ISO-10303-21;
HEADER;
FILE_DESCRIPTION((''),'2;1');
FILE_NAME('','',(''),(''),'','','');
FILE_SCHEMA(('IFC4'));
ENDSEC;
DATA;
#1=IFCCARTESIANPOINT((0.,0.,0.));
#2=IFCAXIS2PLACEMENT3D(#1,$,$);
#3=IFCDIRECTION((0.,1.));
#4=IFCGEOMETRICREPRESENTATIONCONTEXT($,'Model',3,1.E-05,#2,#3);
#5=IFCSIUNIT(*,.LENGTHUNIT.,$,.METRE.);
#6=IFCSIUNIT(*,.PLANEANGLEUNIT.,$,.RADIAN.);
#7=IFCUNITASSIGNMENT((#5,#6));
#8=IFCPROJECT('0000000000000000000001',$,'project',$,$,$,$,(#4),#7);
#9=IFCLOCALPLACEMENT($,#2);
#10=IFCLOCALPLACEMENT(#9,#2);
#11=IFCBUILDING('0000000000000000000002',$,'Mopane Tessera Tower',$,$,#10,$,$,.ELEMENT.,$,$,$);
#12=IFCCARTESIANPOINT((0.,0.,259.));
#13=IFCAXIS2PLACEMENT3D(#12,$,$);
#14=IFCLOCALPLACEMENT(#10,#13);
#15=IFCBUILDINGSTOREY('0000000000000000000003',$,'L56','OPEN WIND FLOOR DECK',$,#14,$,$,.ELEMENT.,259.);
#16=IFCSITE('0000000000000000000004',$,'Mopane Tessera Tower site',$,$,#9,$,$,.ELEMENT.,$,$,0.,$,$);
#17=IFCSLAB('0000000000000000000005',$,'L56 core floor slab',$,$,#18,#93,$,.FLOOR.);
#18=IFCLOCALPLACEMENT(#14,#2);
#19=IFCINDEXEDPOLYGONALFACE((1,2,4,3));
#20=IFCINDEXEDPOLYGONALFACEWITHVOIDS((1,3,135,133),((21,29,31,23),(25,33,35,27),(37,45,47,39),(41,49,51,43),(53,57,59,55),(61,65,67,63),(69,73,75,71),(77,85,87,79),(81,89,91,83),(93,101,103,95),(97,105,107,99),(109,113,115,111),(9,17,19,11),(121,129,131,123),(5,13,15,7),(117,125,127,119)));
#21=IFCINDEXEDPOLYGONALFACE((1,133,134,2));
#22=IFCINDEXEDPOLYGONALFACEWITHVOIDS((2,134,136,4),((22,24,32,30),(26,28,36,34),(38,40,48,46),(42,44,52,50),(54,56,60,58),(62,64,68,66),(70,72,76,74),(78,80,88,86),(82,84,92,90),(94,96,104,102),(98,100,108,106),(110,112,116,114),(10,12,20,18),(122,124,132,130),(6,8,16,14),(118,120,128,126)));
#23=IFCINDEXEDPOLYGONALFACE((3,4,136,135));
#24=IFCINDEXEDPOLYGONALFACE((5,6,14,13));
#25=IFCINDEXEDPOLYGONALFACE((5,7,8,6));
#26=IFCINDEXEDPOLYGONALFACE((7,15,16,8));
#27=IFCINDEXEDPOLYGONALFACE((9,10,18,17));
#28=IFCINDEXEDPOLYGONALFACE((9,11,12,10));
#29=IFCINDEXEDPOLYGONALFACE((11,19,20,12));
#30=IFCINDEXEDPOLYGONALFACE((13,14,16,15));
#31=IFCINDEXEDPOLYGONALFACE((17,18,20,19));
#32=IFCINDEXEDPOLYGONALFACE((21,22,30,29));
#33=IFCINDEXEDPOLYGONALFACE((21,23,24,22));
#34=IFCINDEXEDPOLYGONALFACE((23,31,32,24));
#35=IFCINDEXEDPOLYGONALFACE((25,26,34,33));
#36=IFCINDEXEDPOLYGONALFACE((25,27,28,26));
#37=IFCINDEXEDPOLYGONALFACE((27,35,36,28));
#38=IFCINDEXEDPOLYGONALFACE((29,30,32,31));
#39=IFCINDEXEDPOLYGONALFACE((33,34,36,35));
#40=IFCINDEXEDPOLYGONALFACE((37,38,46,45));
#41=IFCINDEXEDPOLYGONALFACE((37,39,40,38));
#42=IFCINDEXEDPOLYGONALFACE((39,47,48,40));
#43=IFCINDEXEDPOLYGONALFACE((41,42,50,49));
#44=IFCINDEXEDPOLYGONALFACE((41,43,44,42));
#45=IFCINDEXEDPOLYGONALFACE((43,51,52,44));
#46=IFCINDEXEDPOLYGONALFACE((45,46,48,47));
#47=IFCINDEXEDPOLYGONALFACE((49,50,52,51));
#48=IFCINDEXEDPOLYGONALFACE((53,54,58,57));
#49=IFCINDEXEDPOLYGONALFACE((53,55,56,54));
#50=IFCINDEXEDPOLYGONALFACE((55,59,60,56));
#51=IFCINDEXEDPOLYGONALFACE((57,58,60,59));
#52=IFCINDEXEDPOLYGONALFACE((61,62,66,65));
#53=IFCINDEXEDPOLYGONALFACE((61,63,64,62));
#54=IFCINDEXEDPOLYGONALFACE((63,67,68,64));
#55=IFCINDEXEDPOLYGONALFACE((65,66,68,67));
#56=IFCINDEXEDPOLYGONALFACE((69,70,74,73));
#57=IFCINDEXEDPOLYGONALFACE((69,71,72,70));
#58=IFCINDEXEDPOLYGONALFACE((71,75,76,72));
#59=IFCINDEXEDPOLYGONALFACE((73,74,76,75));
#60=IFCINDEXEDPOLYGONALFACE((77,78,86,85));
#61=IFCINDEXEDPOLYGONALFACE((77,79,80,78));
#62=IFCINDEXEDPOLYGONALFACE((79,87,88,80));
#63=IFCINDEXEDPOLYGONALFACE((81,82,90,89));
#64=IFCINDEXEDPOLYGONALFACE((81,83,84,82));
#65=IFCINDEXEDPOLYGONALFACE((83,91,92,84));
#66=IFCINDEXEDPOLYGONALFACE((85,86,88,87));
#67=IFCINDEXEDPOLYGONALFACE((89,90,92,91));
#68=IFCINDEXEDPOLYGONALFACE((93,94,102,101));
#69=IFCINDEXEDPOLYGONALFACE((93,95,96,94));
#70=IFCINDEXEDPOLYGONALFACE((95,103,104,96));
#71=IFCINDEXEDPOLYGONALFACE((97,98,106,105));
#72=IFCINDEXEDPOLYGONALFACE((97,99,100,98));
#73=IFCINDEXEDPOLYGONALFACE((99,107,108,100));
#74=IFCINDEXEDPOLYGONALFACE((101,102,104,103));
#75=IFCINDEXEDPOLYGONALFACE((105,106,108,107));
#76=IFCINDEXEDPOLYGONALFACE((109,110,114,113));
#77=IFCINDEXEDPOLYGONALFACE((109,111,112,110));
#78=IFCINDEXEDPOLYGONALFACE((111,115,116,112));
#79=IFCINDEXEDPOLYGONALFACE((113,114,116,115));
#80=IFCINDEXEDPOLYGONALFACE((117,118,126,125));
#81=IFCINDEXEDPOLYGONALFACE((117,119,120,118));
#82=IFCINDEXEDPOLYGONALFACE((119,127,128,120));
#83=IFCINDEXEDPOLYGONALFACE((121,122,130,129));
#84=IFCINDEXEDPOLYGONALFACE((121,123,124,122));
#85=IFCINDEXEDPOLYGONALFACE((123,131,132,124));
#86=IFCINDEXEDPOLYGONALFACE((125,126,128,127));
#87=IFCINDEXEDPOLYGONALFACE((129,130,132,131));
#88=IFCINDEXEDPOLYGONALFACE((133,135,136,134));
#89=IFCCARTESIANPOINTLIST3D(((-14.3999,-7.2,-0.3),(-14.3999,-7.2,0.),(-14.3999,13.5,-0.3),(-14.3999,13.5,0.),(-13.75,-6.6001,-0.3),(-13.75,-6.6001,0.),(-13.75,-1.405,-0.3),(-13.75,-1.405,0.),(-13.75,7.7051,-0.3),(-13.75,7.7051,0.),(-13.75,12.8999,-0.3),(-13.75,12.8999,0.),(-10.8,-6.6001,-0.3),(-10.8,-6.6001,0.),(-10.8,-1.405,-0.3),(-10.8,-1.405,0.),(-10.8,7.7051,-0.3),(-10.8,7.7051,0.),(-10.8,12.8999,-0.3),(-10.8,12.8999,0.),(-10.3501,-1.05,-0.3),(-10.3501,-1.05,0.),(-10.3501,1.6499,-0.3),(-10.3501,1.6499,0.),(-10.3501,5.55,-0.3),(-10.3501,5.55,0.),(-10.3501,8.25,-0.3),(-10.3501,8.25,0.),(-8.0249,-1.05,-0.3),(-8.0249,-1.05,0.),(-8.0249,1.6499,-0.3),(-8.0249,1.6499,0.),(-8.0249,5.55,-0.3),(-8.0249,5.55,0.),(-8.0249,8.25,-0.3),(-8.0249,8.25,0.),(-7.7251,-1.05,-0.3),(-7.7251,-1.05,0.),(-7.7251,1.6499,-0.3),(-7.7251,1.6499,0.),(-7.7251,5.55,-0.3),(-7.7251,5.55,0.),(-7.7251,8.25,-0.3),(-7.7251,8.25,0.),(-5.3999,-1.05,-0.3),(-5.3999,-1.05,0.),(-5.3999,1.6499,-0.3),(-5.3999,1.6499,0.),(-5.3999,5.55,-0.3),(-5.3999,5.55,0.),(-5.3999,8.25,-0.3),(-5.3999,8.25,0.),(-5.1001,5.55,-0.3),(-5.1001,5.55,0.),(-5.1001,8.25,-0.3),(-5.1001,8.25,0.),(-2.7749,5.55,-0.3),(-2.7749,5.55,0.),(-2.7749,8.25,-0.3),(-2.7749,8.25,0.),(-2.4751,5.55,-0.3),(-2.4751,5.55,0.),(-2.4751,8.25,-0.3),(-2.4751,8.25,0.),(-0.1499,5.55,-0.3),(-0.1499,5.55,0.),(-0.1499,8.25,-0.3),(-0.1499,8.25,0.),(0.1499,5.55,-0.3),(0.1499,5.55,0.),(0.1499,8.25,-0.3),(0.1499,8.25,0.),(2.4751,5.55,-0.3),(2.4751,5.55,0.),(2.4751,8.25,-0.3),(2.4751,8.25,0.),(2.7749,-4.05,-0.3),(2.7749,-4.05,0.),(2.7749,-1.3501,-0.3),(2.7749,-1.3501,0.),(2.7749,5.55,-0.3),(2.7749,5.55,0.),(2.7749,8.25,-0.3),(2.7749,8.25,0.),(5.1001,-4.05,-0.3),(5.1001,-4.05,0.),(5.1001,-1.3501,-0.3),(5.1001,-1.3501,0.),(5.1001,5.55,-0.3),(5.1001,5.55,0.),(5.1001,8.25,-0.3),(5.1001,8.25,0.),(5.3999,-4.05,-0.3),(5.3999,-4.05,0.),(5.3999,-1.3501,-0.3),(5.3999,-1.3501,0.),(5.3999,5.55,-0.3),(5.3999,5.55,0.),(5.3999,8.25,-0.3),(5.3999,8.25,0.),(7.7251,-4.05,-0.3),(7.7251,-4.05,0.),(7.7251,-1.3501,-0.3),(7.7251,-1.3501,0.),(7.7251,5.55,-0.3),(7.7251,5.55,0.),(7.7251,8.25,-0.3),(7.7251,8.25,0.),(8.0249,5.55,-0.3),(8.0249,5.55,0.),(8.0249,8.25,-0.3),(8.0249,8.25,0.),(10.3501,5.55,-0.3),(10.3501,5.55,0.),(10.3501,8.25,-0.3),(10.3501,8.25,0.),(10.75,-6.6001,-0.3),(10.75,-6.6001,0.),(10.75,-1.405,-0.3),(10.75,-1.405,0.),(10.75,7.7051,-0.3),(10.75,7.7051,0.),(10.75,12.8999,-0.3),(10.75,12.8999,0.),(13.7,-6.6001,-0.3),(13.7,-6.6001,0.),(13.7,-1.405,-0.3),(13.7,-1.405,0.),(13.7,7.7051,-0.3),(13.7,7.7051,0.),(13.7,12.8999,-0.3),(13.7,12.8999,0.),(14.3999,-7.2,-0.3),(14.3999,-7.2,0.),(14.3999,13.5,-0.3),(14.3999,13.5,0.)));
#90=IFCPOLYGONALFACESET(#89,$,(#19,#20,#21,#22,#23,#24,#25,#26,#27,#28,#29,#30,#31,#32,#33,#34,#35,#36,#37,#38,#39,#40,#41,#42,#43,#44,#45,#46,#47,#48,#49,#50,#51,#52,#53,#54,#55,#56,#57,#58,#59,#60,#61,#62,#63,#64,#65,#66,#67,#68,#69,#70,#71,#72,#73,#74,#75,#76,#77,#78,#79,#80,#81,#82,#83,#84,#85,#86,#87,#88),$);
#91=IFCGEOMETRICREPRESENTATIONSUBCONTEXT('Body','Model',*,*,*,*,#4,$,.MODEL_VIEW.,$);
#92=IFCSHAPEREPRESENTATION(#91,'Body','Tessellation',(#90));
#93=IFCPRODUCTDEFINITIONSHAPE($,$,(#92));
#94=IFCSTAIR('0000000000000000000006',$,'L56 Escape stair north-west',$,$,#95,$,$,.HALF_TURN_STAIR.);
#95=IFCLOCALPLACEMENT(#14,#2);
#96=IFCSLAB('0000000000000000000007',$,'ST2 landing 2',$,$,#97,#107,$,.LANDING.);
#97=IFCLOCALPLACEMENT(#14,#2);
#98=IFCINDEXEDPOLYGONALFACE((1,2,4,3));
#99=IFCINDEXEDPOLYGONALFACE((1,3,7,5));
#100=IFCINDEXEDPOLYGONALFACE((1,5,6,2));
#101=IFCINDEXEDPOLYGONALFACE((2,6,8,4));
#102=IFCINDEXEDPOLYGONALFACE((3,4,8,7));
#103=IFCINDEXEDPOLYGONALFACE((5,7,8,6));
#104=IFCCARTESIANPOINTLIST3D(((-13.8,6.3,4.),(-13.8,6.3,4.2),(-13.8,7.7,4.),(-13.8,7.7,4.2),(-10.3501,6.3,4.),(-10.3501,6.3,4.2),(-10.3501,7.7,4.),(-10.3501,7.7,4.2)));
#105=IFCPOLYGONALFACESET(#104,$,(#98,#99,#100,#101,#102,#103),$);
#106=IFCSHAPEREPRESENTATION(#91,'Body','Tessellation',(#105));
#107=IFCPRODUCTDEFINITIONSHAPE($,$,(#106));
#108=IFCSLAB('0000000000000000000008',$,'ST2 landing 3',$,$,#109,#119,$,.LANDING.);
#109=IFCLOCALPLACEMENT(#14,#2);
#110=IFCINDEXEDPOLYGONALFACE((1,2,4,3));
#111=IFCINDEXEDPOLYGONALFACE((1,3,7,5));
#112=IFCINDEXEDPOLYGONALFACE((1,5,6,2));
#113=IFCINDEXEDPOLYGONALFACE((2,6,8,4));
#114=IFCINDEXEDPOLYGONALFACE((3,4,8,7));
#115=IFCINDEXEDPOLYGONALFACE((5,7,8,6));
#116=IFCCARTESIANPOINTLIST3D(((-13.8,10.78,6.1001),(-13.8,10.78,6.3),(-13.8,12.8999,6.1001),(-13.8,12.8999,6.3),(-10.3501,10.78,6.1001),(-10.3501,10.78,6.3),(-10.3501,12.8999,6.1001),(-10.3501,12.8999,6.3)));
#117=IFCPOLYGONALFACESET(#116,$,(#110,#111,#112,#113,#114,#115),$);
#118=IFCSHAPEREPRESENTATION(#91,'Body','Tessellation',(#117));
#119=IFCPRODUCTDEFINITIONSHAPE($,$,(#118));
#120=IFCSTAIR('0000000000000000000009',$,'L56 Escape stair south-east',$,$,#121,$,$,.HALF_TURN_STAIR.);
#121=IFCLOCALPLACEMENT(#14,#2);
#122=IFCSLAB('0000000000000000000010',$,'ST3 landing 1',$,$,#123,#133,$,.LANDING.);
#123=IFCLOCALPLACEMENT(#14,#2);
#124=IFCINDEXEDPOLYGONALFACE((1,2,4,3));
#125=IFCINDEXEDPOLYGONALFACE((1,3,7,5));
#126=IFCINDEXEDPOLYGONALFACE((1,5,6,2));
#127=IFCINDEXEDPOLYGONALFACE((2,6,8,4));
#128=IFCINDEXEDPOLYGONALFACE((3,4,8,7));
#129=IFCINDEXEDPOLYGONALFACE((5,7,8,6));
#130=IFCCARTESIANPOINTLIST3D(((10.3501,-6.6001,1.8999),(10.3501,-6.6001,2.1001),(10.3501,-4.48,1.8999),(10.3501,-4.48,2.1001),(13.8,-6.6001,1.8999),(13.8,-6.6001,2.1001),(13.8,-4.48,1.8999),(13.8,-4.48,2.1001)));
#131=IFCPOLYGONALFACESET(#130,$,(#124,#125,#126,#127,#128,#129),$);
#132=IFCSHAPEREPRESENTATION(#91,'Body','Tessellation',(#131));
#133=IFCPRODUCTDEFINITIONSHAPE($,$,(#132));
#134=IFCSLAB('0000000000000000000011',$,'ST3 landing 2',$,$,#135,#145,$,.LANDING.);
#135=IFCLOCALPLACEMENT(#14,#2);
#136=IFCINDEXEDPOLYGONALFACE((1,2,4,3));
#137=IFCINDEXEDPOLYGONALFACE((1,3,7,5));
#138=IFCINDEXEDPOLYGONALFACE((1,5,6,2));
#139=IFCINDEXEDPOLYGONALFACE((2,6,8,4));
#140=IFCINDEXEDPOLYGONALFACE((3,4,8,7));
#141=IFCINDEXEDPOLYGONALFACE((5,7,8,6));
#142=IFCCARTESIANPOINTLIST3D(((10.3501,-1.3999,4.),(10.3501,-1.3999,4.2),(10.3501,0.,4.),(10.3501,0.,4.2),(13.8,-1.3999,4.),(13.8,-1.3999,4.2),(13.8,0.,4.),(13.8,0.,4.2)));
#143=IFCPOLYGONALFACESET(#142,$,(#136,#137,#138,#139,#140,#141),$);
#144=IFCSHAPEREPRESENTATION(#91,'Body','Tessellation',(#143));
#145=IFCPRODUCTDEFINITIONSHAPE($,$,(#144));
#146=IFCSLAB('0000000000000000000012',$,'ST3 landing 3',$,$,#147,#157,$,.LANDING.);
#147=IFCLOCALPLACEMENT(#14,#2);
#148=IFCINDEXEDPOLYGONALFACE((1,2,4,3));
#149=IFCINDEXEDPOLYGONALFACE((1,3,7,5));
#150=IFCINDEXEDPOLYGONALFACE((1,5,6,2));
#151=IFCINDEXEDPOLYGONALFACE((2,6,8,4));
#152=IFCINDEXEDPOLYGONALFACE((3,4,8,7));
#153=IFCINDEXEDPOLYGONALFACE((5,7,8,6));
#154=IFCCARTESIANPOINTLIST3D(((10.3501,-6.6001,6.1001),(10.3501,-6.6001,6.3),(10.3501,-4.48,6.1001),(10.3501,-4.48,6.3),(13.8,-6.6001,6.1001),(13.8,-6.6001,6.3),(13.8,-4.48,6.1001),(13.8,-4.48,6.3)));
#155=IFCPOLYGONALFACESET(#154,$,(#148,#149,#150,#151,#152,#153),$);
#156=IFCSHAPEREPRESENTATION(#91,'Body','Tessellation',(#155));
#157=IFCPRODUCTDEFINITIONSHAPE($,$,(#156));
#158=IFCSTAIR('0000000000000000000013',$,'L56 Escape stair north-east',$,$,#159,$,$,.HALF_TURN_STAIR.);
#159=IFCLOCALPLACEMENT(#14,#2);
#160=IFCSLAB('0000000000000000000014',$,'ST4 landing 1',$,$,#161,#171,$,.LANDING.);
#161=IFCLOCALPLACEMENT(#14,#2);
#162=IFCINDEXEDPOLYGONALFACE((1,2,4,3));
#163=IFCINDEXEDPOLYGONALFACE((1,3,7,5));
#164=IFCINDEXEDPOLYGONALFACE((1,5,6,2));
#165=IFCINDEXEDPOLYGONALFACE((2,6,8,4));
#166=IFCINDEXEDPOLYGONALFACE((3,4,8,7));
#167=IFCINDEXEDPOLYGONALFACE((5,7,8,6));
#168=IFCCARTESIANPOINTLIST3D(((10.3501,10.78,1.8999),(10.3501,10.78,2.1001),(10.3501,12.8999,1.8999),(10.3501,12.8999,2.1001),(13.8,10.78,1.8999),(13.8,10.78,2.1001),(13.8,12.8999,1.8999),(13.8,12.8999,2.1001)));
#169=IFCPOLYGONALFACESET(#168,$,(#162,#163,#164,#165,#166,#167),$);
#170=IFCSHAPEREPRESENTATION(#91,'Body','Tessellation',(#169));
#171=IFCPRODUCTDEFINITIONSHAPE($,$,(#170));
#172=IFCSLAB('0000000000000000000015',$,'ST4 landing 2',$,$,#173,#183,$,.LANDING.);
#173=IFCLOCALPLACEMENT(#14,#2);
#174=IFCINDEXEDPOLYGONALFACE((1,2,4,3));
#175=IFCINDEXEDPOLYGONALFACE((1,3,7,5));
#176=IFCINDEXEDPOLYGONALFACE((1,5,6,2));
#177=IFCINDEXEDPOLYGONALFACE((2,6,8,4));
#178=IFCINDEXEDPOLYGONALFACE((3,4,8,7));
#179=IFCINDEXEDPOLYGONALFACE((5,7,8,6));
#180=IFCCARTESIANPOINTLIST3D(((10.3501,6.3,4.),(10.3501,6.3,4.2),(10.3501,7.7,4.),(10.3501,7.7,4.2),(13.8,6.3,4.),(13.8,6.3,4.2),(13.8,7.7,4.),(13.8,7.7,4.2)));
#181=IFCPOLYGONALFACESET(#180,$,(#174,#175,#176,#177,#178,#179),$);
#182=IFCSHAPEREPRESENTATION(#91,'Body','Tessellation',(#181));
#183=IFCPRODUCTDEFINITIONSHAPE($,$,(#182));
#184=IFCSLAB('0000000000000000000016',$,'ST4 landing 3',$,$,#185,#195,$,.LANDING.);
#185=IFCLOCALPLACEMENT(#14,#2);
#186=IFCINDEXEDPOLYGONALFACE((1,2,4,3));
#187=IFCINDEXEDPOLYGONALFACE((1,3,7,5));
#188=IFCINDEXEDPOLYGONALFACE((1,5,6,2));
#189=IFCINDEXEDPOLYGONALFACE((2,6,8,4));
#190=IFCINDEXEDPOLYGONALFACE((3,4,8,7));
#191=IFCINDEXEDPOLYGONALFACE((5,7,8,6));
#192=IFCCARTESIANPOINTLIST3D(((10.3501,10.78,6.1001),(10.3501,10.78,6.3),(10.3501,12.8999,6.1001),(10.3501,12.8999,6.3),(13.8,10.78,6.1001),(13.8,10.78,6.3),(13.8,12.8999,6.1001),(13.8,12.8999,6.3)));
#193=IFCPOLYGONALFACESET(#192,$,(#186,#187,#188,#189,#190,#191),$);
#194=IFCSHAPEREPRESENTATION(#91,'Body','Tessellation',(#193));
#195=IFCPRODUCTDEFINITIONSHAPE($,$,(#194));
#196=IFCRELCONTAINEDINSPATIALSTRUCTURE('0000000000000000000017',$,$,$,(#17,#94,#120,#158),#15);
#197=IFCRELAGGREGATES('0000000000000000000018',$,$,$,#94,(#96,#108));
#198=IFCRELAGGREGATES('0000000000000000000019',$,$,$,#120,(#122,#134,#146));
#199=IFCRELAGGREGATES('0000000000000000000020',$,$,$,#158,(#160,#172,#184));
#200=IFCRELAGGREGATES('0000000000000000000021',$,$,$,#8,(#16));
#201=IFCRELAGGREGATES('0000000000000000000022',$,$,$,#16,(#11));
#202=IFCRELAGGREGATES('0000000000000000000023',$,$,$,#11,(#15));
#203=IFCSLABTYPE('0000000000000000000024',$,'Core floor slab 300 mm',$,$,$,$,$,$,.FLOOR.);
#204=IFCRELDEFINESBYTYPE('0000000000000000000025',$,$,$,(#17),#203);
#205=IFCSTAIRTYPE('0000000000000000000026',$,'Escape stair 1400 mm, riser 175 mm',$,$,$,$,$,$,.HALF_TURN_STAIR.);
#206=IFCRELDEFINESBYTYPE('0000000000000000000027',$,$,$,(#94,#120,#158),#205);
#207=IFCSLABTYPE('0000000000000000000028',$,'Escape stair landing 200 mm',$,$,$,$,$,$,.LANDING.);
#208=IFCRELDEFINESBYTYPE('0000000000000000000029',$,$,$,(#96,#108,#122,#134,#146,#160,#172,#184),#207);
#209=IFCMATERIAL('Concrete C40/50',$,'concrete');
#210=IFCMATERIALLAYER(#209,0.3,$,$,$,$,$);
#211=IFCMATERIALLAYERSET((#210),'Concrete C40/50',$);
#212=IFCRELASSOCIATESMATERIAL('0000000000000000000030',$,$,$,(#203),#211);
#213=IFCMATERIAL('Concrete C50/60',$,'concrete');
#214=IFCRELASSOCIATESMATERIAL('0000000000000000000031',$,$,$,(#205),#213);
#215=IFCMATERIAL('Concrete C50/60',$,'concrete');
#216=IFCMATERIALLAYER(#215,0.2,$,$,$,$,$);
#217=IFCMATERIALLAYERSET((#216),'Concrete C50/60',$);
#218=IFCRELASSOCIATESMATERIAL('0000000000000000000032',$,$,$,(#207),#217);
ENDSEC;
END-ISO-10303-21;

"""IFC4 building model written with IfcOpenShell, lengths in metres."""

from ifc_helpers import new_model, si_unit, direction, frame, origin, place, context, subcontext, project, spatial, polyline, outline, extrude, material, layer, layer_set, type_object, element, aggregate, save


model = new_model("IFC4")

# Units and contexts
model_context = context("Model", 3, precision=1e-05, world=origin(), true_north=direction((0.0, 1.0)))
body_context = subcontext(model_context, "Body", "Model", "MODEL_VIEW")
ifc_project = project(units=[si_unit("LENGTHUNIT", "METRE"), si_unit("PLANEANGLEUNIT", "RADIAN")], contexts=[model_context])

# Site, building, storey
site_placement = place(None, origin())
site = spatial("IfcSite", under=ifc_project, at=site_placement, Name="Mopane Tessera Tower site", CompositionType="ELEMENT", RefElevation=0.0)
building_placement = place(site_placement, origin())
building = spatial("IfcBuilding", under=site, at=building_placement, Name="Mopane Tessera Tower", CompositionType="ELEMENT")
storey_placement = place(building_placement, frame((0.0, 0.0, 259.0)))
storey = spatial("IfcBuildingStorey", under=building, at=storey_placement, Name="L56", Description="OPEN WIND FLOOR DECK", CompositionType="ELEMENT", Elevation=259.0)

# Slab
ifc_material_1 = material(Name="Concrete C40/50", Category="concrete")
ifc_layer_1 = layer(ifc_material_1, 0.3)
ifc_layer_set_1 = layer_set([ifc_layer_1], Name="Concrete C40/50")
slab_type_1 = type_object("IfcSlabType", Name="Core floor slab 300 mm", PredefinedType="FLOOR", material=ifc_layer_set_1)
slab_1_placement = place(storey_placement, frame((0.0, 0.0, -0.3)))
element("IfcSlab", 1, at=slab_1_placement, inside=storey, type_object=slab_type_1, Name="L56 core floor slab", PredefinedType="FLOOR", context=body_context, shape_type="SweptSolid", body=[
    extrude(outline(polyline([(-14.3999, -7.2), (14.3999, -7.2), (14.3999, 13.5), (-14.3999, 13.5), (-14.3999, -7.2)]), holes=[polyline([(-10.3501, -1.05), (-8.0249, -1.05), (-8.0249, 1.6499), (-10.3501, 1.6499), (-10.3501, -1.05)]), polyline([(-7.7251, -1.05), (-5.3999, -1.05), (-5.3999, 1.6499), (-7.7251, 1.6499), (-7.7251, -1.05)]), polyline([(-10.3501, 5.55), (-8.0249, 5.55), (-8.0249, 8.25), (-10.3501, 8.25), (-10.3501, 5.55)]), polyline([(-7.7251, 5.55), (-5.3999, 5.55), (-5.3999, 8.25), (-7.7251, 8.25), (-7.7251, 5.55)]), polyline([(-5.1001, 5.55), (-2.7749, 5.55), (-2.7749, 8.25), (-5.1001, 8.25), (-5.1001, 5.55)]), polyline([(-2.4751, 5.55), (-0.1499, 5.55), (-0.1499, 8.25), (-2.4751, 8.25), (-2.4751, 5.55)]), polyline([(0.1499, 5.55), (2.4751, 5.55), (2.4751, 8.25), (0.1499, 8.25), (0.1499, 5.55)]), polyline([(2.7749, 5.55), (5.1001, 5.55), (5.1001, 8.25), (2.7749, 8.25), (2.7749, 5.55)]), polyline([(5.3999, 5.55), (7.7251, 5.55), (7.7251, 8.25), (5.3999, 8.25), (5.3999, 5.55)]), polyline([(8.0249, 5.55), (10.3501, 5.55), (10.3501, 8.25), (8.0249, 8.25), (8.0249, 5.55)]), polyline([(2.7749, -4.05), (5.1001, -4.05), (5.1001, -1.3501), (2.7749, -1.3501), (2.7749, -4.05)]), polyline([(5.3999, -4.05), (7.7251, -4.05), (7.7251, -1.3501), (5.3999, -1.3501), (5.3999, -4.05)]), polyline([(-13.75, -1.405), (-13.75, -6.6001), (-10.8, -6.6001), (-10.8, -1.405), (-13.75, -1.405)]), polyline([(-10.8, 7.7051), (-10.8, 12.8999), (-13.75, 12.8999), (-13.75, 7.7051), (-10.8, 7.7051)]), polyline([(10.75, -1.405), (10.75, -6.6001), (13.7, -6.6001), (13.7, -1.405), (10.75, -1.405)]), polyline([(13.7, 7.7051), (13.7, 12.8999), (10.75, 12.8999), (10.75, 7.7051), (13.7, 7.7051)])]), origin(), (0.0, 0.0, 1.0), 0.3),
])

# Stairs, slabs
ifc_material_2 = material(Name="Concrete C50/60", Category="concrete")
stair_type = type_object("IfcStairType", Name="Escape stair 1400 mm, riser 175 mm", PredefinedType="HALF_TURN_STAIR", material=ifc_material_2)
stair_1_placement = place(storey_placement, origin())
stair_1 = element("IfcStair", 2, at=stair_1_placement, inside=storey, type_object=stair_type, Name="L56 Escape stair north-west", PredefinedType="HALF_TURN_STAIR")
ifc_material_3 = material(Name="Concrete C50/60", Category="concrete")
ifc_layer_2 = layer(ifc_material_3, 0.2)
ifc_layer_set_2 = layer_set([ifc_layer_2], Name="Concrete C50/60")
slab_type_2 = type_object("IfcSlabType", Name="Escape stair landing 200 mm", PredefinedType="LANDING", material=ifc_layer_set_2)
slab_2_placement = place(storey_placement, frame((0.0, 0.0, 4.0)))
slab_2 = element("IfcSlab", 3, at=slab_2_placement, type_object=slab_type_2, Name="ST2 landing 2", PredefinedType="LANDING", context=body_context, shape_type="SweptSolid", body=[
    extrude(outline(polyline([(-10.3501, 6.3), (-10.3501, 7.7), (-13.8, 7.7), (-13.8, 6.3), (-10.3501, 6.3)])), origin(), (0.0, 0.0, 1.0), 0.2),
])
slab_3_placement = place(storey_placement, frame((0.0, 0.0, 6.1001)))
slab_3 = element("IfcSlab", 4, at=slab_3_placement, type_object=slab_type_2, Name="ST2 landing 3", PredefinedType="LANDING", context=body_context, shape_type="SweptSolid", body=[
    extrude(outline(polyline([(-10.3501, 10.78), (-10.3501, 12.8999), (-13.8, 12.8999), (-13.8, 10.78), (-10.3501, 10.78)])), origin(), (0.0, 0.0, 1.0), 0.2),
])
aggregate(stair_1, [slab_2, slab_3])
stair_2_placement = place(storey_placement, origin())
stair_2 = element("IfcStair", 5, at=stair_2_placement, inside=storey, type_object=stair_type, Name="L56 Escape stair south-east", PredefinedType="HALF_TURN_STAIR")
slab_4_placement = place(storey_placement, frame((0.0, 0.0, 1.8999)))
slab_4 = element("IfcSlab", 6, at=slab_4_placement, type_object=slab_type_2, Name="ST3 landing 1", PredefinedType="LANDING", context=body_context, shape_type="SweptSolid", body=[
    extrude(outline(polyline([(10.3501, -4.48), (10.3501, -6.6001), (13.8, -6.6001), (13.8, -4.48), (10.3501, -4.48)])), origin(), (0.0, 0.0, 1.0), 0.2002),
])
slab_5_placement = place(storey_placement, frame((0.0, 0.0, 4.0)))
slab_5 = element("IfcSlab", 7, at=slab_5_placement, type_object=slab_type_2, Name="ST3 landing 2", PredefinedType="LANDING", context=body_context, shape_type="SweptSolid", body=[
    extrude(outline(polyline([(10.3501, 0.0), (10.3501, -1.3999), (13.8, -1.3999), (13.8, 0.0), (10.3501, 0.0)])), origin(), (0.0, 0.0, 1.0), 0.2),
])
slab_6_placement = place(storey_placement, frame((0.0, 0.0, 6.1001)))
slab_6 = element("IfcSlab", 8, at=slab_6_placement, type_object=slab_type_2, Name="ST3 landing 3", PredefinedType="LANDING", context=body_context, shape_type="SweptSolid", body=[
    extrude(outline(polyline([(10.3501, -4.48), (10.3501, -6.6001), (13.8, -6.6001), (13.8, -4.48), (10.3501, -4.48)])), origin(), (0.0, 0.0, 1.0), 0.2),
])
aggregate(stair_2, [slab_4, slab_5, slab_6])
stair_3_placement = place(storey_placement, origin())
stair_3 = element("IfcStair", 9, at=stair_3_placement, inside=storey, type_object=stair_type, Name="L56 Escape stair north-east", PredefinedType="HALF_TURN_STAIR")
slab_7_placement = place(storey_placement, frame((0.0, 0.0, 1.8999)))
slab_7 = element("IfcSlab", 10, at=slab_7_placement, type_object=slab_type_2, Name="ST4 landing 1", PredefinedType="LANDING", context=body_context, shape_type="SweptSolid", body=[
    extrude(outline(polyline([(13.8, 10.78), (13.8, 12.8999), (10.3501, 12.8999), (10.3501, 10.78), (13.8, 10.78)])), origin(), (0.0, 0.0, 1.0), 0.2002),
])
slab_8_placement = place(storey_placement, frame((0.0, 0.0, 4.0)))
slab_8 = element("IfcSlab", 11, at=slab_8_placement, type_object=slab_type_2, Name="ST4 landing 2", PredefinedType="LANDING", context=body_context, shape_type="SweptSolid", body=[
    extrude(outline(polyline([(13.8, 6.3), (13.8, 7.7), (10.3501, 7.7), (10.3501, 6.3), (13.8, 6.3)])), origin(), (0.0, 0.0, 1.0), 0.2),
])
slab_9_placement = place(storey_placement, frame((0.0, 0.0, 6.1001)))
slab_9 = element("IfcSlab", 12, at=slab_9_placement, type_object=slab_type_2, Name="ST4 landing 3", PredefinedType="LANDING", context=body_context, shape_type="SweptSolid", body=[
    extrude(outline(polyline([(13.8, 10.78), (13.8, 12.8999), (10.3501, 12.8999), (10.3501, 10.78), (13.8, 10.78)])), origin(), (0.0, 0.0, 1.0), 0.2),
])
aggregate(stair_3, [slab_7, slab_8, slab_9])

save(model, "model.ifc")
